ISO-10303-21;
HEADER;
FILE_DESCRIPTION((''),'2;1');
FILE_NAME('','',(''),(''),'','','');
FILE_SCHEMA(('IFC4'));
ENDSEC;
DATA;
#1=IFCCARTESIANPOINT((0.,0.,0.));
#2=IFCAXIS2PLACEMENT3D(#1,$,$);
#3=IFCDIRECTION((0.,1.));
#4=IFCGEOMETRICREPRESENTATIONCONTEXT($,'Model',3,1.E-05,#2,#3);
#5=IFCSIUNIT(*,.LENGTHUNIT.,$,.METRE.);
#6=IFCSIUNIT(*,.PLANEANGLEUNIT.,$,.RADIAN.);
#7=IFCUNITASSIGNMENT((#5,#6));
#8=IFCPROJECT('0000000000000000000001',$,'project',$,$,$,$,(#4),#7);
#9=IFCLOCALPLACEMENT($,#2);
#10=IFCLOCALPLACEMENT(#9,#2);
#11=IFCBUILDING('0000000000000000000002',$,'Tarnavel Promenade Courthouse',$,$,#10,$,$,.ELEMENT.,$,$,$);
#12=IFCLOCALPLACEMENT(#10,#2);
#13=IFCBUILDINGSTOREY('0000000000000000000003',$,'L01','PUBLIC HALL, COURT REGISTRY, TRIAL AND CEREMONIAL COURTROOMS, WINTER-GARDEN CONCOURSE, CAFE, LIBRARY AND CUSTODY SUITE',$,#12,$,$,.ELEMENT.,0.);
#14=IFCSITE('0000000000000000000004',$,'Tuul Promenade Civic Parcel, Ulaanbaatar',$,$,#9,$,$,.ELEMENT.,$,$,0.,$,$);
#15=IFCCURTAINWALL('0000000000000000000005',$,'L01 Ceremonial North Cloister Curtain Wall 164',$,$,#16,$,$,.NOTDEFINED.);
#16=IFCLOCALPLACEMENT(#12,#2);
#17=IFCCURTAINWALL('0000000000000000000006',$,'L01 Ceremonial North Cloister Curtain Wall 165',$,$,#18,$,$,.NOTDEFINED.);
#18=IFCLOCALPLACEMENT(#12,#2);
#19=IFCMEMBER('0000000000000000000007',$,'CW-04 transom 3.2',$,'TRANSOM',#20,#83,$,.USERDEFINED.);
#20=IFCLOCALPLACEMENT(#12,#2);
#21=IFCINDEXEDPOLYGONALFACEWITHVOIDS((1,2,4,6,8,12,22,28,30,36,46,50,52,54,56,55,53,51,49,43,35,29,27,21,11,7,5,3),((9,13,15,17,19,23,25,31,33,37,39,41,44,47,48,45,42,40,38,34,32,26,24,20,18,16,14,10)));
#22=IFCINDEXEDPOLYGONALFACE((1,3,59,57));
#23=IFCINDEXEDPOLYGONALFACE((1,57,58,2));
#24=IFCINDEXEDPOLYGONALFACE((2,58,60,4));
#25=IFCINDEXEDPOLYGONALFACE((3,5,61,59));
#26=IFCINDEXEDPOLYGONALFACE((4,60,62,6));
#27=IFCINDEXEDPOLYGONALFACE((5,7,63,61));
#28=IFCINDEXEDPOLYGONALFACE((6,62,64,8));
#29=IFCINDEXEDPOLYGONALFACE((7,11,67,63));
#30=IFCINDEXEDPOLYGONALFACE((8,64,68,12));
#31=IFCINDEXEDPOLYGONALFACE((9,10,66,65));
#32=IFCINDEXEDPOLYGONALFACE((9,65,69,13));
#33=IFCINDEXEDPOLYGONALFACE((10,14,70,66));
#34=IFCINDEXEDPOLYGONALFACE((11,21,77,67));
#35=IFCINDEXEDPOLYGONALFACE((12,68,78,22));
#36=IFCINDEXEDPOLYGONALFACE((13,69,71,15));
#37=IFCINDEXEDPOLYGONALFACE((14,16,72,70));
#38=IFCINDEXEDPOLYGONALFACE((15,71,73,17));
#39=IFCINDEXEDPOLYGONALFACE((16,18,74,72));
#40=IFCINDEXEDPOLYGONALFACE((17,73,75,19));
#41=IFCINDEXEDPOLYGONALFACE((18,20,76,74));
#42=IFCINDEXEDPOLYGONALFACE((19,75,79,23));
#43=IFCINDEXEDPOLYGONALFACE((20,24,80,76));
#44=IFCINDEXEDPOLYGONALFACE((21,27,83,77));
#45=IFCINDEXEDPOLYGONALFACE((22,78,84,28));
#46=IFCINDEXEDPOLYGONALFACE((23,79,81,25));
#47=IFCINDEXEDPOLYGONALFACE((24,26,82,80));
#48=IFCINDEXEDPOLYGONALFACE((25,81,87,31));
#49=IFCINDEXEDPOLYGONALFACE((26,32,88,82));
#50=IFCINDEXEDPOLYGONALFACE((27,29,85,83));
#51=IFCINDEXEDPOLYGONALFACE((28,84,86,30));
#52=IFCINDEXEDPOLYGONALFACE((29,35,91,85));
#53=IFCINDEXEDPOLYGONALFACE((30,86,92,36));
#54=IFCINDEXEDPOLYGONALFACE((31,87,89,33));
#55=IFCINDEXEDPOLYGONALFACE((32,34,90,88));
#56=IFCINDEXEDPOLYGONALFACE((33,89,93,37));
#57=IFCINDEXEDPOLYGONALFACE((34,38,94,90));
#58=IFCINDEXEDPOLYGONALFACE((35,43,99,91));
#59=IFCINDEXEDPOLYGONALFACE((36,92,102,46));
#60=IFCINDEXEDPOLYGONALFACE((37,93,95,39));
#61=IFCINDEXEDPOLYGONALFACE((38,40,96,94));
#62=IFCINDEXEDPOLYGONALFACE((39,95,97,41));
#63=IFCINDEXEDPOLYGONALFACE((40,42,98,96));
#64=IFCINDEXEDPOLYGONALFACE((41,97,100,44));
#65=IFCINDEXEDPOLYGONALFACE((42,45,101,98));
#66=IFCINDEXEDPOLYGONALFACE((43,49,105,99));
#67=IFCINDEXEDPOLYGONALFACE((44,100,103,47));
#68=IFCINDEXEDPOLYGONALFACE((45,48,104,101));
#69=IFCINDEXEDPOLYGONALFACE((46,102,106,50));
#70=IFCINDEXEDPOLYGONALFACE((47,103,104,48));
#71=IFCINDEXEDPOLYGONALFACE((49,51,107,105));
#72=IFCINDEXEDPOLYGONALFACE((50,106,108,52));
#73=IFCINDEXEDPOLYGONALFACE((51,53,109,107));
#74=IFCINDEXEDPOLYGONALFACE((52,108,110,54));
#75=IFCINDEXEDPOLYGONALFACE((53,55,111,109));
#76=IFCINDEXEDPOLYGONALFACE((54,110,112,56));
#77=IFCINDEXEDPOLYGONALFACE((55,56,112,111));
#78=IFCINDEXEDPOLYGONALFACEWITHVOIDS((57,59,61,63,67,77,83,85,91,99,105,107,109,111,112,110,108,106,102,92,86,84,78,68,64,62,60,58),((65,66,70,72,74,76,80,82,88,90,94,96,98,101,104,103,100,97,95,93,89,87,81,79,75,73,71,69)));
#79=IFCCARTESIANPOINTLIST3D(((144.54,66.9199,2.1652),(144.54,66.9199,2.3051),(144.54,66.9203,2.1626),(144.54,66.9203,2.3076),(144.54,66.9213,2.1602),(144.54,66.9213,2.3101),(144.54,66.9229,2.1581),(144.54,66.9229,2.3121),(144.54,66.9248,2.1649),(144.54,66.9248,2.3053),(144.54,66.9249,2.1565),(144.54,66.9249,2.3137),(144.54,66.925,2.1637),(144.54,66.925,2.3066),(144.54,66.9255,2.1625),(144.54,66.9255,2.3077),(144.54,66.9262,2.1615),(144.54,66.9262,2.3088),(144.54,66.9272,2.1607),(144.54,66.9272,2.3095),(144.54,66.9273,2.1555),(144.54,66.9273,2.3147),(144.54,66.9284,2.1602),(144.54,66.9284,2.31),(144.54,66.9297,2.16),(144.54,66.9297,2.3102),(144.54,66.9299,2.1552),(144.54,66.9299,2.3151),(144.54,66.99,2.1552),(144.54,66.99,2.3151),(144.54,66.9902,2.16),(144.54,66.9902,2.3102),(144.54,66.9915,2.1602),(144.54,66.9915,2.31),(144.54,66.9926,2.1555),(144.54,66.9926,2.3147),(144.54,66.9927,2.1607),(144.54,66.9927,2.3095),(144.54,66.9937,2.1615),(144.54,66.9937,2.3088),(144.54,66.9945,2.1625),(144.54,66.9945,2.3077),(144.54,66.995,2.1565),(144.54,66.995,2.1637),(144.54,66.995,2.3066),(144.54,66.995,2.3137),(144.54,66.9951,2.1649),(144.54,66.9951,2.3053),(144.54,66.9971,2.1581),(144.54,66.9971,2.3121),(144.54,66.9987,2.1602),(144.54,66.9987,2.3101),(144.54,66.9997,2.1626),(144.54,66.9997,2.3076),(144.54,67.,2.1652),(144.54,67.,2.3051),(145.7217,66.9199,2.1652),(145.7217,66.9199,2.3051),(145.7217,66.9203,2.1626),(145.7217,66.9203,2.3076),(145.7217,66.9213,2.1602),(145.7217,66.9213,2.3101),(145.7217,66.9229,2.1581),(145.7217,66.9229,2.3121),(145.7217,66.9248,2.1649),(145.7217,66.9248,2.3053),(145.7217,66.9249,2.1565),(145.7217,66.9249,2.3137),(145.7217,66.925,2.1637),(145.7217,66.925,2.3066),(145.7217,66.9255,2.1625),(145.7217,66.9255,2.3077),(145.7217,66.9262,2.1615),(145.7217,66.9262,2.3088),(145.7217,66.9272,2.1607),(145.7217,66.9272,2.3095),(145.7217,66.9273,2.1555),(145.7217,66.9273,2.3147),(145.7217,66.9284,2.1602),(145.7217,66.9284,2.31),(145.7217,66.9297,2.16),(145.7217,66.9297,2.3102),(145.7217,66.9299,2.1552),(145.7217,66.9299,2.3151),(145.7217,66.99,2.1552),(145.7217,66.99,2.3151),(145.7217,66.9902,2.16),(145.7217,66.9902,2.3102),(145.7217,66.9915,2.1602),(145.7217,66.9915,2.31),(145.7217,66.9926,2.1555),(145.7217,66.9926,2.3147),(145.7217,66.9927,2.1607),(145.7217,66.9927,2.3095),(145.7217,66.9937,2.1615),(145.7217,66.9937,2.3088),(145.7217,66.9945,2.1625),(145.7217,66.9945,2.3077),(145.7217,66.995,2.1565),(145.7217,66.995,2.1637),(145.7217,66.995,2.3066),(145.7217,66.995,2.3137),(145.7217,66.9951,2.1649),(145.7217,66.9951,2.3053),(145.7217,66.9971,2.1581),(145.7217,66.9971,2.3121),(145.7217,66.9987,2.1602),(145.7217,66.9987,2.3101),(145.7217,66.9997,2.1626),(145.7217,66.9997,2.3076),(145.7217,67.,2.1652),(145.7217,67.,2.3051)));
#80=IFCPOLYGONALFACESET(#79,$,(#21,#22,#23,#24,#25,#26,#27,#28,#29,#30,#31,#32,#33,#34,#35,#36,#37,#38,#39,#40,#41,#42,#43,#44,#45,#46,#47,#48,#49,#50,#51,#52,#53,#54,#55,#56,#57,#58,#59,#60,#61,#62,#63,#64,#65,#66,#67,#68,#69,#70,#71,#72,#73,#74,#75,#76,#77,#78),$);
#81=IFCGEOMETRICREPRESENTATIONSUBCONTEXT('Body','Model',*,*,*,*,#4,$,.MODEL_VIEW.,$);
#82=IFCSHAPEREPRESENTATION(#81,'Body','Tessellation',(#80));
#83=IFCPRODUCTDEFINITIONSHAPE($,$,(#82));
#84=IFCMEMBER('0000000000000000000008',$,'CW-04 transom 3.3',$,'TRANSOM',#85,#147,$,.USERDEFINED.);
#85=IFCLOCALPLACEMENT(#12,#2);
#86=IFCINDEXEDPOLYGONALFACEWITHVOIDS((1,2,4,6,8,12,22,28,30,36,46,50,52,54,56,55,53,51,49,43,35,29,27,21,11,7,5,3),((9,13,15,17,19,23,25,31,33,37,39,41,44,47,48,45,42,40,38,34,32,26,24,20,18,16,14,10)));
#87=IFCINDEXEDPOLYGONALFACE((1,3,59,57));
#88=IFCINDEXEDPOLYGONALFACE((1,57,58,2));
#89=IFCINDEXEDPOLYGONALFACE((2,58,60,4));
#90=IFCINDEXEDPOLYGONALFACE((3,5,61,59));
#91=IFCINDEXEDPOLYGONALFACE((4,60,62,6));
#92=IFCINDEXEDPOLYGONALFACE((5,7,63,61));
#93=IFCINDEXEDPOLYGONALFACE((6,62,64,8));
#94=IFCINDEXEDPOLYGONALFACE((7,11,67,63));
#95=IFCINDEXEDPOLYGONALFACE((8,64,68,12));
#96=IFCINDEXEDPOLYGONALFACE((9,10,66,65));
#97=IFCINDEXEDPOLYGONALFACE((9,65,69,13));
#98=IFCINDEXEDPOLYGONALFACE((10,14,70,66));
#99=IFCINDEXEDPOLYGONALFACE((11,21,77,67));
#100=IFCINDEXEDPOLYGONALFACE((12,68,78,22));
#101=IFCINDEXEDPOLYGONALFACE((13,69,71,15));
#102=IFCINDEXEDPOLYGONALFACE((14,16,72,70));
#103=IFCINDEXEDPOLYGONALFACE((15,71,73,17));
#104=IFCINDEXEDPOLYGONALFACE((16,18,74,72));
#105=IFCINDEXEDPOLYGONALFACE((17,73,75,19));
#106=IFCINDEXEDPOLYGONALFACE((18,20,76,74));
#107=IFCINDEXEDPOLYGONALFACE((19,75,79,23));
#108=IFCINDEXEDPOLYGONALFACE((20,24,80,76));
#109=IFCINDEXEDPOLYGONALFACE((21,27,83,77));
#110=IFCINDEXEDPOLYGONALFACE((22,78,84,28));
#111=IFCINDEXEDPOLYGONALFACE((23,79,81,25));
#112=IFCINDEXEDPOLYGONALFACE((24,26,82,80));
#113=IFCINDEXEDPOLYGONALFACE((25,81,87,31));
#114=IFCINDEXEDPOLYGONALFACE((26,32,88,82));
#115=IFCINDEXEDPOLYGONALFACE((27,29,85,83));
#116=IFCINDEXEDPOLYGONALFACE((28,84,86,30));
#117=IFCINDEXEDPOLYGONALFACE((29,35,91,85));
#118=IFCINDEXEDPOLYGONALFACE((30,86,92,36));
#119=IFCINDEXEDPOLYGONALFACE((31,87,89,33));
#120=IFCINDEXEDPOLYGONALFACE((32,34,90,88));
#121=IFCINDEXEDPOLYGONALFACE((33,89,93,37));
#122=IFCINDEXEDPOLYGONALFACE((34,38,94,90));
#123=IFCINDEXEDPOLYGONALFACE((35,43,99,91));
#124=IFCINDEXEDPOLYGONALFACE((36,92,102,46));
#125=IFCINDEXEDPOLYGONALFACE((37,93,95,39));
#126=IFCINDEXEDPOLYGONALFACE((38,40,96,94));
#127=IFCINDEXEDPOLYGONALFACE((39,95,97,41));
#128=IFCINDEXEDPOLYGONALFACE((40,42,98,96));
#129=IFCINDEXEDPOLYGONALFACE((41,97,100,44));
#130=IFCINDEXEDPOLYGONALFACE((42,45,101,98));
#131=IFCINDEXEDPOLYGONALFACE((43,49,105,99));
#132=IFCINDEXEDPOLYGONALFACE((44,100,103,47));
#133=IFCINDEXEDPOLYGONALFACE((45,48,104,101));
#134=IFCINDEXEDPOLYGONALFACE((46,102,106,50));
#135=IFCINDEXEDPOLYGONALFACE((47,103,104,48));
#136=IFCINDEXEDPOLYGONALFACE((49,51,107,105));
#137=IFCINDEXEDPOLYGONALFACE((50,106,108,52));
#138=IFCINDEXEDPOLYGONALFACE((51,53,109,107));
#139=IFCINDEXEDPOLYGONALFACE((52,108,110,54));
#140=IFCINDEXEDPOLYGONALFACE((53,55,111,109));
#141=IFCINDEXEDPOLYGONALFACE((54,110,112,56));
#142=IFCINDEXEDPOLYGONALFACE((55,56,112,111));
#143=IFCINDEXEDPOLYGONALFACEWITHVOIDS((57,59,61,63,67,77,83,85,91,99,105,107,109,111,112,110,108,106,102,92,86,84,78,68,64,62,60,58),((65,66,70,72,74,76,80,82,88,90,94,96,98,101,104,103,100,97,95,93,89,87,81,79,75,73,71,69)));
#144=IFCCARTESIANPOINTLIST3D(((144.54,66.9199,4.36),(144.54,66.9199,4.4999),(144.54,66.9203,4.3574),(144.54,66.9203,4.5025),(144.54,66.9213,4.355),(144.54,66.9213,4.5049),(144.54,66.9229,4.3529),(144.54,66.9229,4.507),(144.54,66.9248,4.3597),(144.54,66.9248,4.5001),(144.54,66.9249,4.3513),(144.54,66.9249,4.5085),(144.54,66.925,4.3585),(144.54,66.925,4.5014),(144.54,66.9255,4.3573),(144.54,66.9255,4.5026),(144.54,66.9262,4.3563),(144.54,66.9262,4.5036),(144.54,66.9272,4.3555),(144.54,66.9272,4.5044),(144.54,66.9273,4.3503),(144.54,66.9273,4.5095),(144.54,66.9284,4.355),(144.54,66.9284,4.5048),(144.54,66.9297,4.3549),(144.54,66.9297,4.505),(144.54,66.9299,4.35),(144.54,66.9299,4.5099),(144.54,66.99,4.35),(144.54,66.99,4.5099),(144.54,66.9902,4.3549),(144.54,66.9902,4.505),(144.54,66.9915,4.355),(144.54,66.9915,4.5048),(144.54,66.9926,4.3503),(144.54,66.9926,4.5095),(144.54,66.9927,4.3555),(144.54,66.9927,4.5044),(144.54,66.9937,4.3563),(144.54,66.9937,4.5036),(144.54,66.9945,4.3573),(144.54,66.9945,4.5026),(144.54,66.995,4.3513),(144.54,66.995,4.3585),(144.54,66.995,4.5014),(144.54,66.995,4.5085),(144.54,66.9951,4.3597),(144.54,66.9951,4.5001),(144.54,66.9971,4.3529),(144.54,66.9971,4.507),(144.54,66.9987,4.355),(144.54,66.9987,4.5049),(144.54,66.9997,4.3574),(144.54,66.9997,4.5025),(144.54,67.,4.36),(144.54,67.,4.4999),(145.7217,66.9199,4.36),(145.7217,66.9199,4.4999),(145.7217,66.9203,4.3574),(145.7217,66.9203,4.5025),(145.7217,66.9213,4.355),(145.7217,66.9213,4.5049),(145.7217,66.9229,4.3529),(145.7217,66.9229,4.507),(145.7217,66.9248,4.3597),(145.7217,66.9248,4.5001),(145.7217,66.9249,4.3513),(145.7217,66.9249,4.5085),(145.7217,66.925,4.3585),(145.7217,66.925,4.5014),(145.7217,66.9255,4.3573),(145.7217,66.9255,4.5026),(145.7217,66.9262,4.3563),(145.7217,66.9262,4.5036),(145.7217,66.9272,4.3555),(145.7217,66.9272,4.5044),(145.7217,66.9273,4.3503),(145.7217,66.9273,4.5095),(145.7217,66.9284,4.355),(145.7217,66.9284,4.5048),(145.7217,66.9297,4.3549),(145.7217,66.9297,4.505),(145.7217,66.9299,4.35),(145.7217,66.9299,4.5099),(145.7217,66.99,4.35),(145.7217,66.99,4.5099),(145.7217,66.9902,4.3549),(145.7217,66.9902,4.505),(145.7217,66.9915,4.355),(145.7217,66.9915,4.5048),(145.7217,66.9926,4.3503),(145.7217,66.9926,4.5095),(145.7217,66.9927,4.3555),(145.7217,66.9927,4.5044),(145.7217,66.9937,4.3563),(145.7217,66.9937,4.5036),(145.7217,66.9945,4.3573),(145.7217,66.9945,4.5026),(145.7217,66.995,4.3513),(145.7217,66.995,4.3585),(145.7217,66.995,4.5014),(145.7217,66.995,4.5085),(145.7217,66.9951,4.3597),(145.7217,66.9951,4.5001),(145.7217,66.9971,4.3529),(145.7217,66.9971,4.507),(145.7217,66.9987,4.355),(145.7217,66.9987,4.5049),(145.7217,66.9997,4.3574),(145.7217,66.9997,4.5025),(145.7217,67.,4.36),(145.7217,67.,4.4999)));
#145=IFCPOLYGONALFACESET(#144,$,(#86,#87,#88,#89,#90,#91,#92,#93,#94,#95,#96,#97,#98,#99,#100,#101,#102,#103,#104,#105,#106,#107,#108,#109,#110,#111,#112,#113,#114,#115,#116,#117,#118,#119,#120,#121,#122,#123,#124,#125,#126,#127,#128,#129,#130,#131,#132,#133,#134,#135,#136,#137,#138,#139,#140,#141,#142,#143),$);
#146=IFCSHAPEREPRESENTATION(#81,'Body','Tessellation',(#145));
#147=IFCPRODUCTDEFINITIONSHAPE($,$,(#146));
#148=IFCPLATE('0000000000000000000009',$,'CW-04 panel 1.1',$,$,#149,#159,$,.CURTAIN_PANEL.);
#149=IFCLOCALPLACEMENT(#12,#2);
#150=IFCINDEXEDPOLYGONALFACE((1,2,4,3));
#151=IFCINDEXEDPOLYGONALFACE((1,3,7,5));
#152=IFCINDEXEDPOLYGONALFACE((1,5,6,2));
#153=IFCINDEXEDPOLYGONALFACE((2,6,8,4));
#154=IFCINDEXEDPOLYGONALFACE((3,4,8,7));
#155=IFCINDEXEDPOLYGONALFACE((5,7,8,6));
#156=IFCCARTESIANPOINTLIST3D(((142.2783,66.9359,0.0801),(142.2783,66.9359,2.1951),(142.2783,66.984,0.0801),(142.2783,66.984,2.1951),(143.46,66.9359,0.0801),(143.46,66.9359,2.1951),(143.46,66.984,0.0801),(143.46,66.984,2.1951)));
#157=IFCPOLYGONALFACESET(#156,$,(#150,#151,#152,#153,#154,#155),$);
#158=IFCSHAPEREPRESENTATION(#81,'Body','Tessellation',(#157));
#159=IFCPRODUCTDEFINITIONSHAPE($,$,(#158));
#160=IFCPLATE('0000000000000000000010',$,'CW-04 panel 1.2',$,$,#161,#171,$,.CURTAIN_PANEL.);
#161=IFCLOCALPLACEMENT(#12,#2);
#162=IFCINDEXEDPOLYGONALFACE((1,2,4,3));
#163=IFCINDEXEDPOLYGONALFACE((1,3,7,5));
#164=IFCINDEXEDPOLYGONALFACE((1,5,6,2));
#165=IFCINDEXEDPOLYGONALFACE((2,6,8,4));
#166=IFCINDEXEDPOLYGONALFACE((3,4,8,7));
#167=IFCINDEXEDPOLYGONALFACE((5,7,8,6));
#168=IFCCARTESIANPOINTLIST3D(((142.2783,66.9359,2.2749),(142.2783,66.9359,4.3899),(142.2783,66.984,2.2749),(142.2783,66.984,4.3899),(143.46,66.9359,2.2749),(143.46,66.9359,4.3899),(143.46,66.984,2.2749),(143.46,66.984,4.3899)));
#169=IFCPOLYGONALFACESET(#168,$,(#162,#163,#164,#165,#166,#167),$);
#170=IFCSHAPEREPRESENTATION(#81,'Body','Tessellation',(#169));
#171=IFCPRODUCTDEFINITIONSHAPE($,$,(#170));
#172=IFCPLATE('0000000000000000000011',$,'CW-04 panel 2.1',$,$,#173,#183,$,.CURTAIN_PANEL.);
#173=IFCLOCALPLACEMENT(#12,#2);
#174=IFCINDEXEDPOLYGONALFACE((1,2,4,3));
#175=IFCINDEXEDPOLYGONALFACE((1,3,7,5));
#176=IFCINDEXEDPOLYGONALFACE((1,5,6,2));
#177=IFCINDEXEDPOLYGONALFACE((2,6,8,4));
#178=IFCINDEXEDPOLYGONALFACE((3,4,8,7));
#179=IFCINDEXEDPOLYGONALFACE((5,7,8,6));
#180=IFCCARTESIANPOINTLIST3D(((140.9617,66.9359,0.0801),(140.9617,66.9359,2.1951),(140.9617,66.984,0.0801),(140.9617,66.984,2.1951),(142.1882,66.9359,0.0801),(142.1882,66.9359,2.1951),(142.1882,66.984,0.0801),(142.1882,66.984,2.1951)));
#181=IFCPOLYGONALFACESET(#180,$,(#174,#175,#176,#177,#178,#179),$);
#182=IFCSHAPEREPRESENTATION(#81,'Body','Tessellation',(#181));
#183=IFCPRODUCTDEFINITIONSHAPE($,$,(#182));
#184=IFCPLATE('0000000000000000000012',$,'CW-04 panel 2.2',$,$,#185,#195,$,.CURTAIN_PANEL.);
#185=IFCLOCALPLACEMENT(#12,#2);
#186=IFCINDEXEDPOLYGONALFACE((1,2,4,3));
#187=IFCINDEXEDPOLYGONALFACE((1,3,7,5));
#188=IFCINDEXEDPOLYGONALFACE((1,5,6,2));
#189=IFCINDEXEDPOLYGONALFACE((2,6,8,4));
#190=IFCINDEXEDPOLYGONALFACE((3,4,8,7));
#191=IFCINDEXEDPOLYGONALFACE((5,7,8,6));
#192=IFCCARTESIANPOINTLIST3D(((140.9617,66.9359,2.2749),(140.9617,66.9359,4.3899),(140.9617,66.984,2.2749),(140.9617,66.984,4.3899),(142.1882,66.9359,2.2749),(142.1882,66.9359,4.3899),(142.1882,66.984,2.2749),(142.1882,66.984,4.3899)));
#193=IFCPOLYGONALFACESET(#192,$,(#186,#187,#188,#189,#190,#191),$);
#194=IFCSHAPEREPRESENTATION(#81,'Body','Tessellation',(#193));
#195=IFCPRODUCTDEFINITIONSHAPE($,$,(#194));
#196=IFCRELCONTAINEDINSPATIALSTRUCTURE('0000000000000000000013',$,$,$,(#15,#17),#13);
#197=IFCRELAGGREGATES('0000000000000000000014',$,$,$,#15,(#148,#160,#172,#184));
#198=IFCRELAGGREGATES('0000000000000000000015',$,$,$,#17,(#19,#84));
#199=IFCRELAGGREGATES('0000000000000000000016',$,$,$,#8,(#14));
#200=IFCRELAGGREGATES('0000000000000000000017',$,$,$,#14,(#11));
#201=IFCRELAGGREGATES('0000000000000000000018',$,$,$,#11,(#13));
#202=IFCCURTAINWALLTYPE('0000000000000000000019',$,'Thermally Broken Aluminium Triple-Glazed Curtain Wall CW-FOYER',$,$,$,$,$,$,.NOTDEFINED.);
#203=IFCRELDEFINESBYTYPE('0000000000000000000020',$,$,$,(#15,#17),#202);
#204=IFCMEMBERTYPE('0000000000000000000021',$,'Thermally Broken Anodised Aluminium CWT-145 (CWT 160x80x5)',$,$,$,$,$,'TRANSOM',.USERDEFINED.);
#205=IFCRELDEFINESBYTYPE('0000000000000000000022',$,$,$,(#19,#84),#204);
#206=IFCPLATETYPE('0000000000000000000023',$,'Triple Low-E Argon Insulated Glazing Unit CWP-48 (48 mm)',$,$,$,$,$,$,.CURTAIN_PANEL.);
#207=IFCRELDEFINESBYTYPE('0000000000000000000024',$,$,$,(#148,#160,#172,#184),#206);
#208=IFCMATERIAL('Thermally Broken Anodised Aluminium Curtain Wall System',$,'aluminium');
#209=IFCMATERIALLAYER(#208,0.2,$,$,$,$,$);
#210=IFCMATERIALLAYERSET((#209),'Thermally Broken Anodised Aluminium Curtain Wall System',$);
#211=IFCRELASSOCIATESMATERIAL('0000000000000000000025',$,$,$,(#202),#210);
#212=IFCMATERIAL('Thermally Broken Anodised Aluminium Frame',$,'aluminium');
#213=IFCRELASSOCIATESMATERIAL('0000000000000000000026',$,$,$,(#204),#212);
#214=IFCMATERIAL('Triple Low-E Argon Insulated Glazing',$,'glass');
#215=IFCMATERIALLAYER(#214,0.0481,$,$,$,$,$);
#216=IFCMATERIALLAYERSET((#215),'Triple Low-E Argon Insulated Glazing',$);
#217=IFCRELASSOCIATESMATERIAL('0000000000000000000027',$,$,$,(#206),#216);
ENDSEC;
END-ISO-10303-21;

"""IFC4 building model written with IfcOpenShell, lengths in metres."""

from ifc_helpers import new_model, si_unit, direction, frame, origin, origin_2d, place, context, subcontext, project, spatial, rectangle, hollow_rectangle, extrude, material, layer, layer_set, material_profile, profile_set, type_object, element, aggregate, save


model = new_model("IFC4")

# Units and contexts
model_context = context("Model", 3, precision=1e-05, world=origin(), true_north=direction((0.0, 1.0)))
body_context = subcontext(model_context, "Body", "Model", "MODEL_VIEW")
ifc_project = project(units=[si_unit("LENGTHUNIT", "METRE"), si_unit("PLANEANGLEUNIT", "RADIAN")], contexts=[model_context])

# Site, building, storey
site_placement = place(None, origin())
site = spatial("IfcSite", under=ifc_project, at=site_placement, Name="Tuul Promenade Civic Parcel, Ulaanbaatar", CompositionType="ELEMENT", RefElevation=0.0)
building_placement = place(site_placement, origin())
building = spatial("IfcBuilding", under=site, at=building_placement, Name="Tarnavel Promenade Courthouse", CompositionType="ELEMENT")
storey_placement = place(building_placement, origin())
storey = spatial("IfcBuildingStorey", under=building, at=storey_placement, Name="L01", Description="PUBLIC HALL, COURT REGISTRY, TRIAL AND CEREMONIAL COURTROOMS, WINTER-GARDEN CONCOURSE, CAFE, LIBRARY AND CUSTODY SUITE", CompositionType="ELEMENT", Elevation=0.0)

# Curtain walls
ifc_material_1 = material(Name="Thermally Broken Anodised Aluminium Curtain Wall System", Category="aluminium")
ifc_layer_1 = layer(ifc_material_1, 0.2)
ifc_layer_set_1 = layer_set([ifc_layer_1], Name="Thermally Broken Anodised Aluminium Curtain Wall System")
curtain_wall_type = type_object("IfcCurtainWallType", Name="Thermally Broken Aluminium Triple-Glazed Curtain Wall CW-FOYER", PredefinedType="NOTDEFINED", material=ifc_layer_set_1)
curtain_wall_1_placement = place(storey_placement, origin())
curtain_wall_1 = element("IfcCurtainWall", 1, at=curtain_wall_1_placement, inside=storey, type_object=curtain_wall_type, Name="L01 Ceremonial North Cloister Curtain Wall 164", PredefinedType="NOTDEFINED")
ifc_material_2 = material(Name="Thermally Broken Anodised Aluminium Frame", Category="aluminium")
curtain_wall_2_placement = place(storey_placement, origin())
curtain_wall_2 = element("IfcCurtainWall", 2, at=curtain_wall_2_placement, inside=storey, type_object=curtain_wall_type, Name="L01 Ceremonial North Cloister Curtain Wall 165", PredefinedType="NOTDEFINED")

# Members
ifc_material_profile_1 = material_profile(ifc_material_2, hollow_rectangle(XDim=0.0801, YDim=0.1599, WallThickness=0.0049, InnerFilletRadius=0.0049, OuterFilletRadius=0.01, at=origin_2d()), Name="CWT 160x80x5")
ifc_profile_set_1 = profile_set([ifc_material_profile_1], Name="Thermally Broken Anodised Aluminium Frame")
member_type_1 = type_object("IfcMemberType", Name="Thermally Broken Anodised Aluminium CWT-145 (CWT 160x80x5)", ElementType="TRANSOM", PredefinedType="USERDEFINED", material=ifc_profile_set_1)
member_1_placement = place(storey_placement, frame((145.7217, 66.96, 2.2351), z_axis=(-1.0, 0.0, 0.0), x_axis=(0.0, -1.0, 0.0)))
member_1 = element("IfcMember", 3, at=member_1_placement, type_object=member_type_1, Name="CW-04 transom 3.2", ObjectType="TRANSOM", PredefinedType="USERDEFINED", context=body_context, shape_type="SweptSolid", body=[
    extrude(hollow_rectangle(XDim=0.0801, YDim=0.1599, WallThickness=0.0049, InnerFilletRadius=0.0049, OuterFilletRadius=0.01, at=origin_2d()), origin(), (0.0, 0.0, 1.0), 1.1816),
])
member_2_placement = place(storey_placement, frame((145.7217, 66.96, 4.4299), z_axis=(-1.0, 0.0, 0.0), x_axis=(0.0, -1.0, 0.0)))
member_2 = element("IfcMember", 4, at=member_2_placement, type_object=member_type_1, Name="CW-04 transom 3.3", ObjectType="TRANSOM", PredefinedType="USERDEFINED", context=body_context, shape_type="SweptSolid", body=[
    extrude(hollow_rectangle(XDim=0.0801, YDim=0.1599, WallThickness=0.0049, InnerFilletRadius=0.0049, OuterFilletRadius=0.01, at=origin_2d()), origin(), (0.0, 0.0, 1.0), 1.1816),
])

# Plates
ifc_material_3 = material(Name="Triple Low-E Argon Insulated Glazing", Category="glass")
ifc_layer_2 = layer(ifc_material_3, 0.0481)
ifc_layer_set_2 = layer_set([ifc_layer_2], Name="Triple Low-E Argon Insulated Glazing")
plate_type = type_object("IfcPlateType", Name="Triple Low-E Argon Insulated Glazing Unit CWP-48 (48 mm)", PredefinedType="CURTAIN_PANEL", material=ifc_layer_set_2)
plate_1_placement = place(storey_placement, frame((142.8691, 66.96, 0.0801), z_axis=(0.0, 0.0, 1.0), x_axis=(-1.0, 0.0, 0.0)))
plate_1 = element("IfcPlate", 5, at=plate_1_placement, type_object=plate_type, Name="CW-04 panel 1.1", PredefinedType="CURTAIN_PANEL", context=body_context, shape_type="SweptSolid", body=[
    extrude(rectangle(XDim=1.1816, YDim=0.0481, at=origin_2d()), origin(), (0.0, 0.0, 1.0), 2.115),
])
plate_2_placement = place(storey_placement, frame((142.8691, 66.96, 2.2749), z_axis=(0.0, 0.0, 1.0), x_axis=(-1.0, 0.0, 0.0)))
plate_2 = element("IfcPlate", 6, at=plate_2_placement, type_object=plate_type, Name="CW-04 panel 1.2", PredefinedType="CURTAIN_PANEL", context=body_context, shape_type="SweptSolid", body=[
    extrude(rectangle(XDim=1.1816, YDim=0.0481, at=origin_2d()), origin(), (0.0, 0.0, 1.0), 2.115),
])
plate_3_placement = place(storey_placement, frame((141.575, 66.96, 0.0801), z_axis=(0.0, 0.0, 1.0), x_axis=(-1.0, 0.0, 0.0)))
plate_3 = element("IfcPlate", 7, at=plate_3_placement, type_object=plate_type, Name="CW-04 panel 2.1", PredefinedType="CURTAIN_PANEL", context=body_context, shape_type="SweptSolid", body=[
    extrude(rectangle(XDim=1.2266, YDim=0.0481, at=origin_2d()), origin(), (0.0, 0.0, 1.0), 2.115),
])
plate_4_placement = place(storey_placement, frame((141.575, 66.96, 2.2749), z_axis=(0.0, 0.0, 1.0), x_axis=(-1.0, 0.0, 0.0)))
plate_4 = element("IfcPlate", 8, at=plate_4_placement, type_object=plate_type, Name="CW-04 panel 2.2", PredefinedType="CURTAIN_PANEL", context=body_context, shape_type="SweptSolid", body=[
    extrude(rectangle(XDim=1.2266, YDim=0.0481, at=origin_2d()), origin(), (0.0, 0.0, 1.0), 2.115),
])
aggregate(curtain_wall_1, [plate_1, plate_2, plate_3, plate_4])
aggregate(curtain_wall_2, [member_1, member_2])

save(model, "model.ifc")
